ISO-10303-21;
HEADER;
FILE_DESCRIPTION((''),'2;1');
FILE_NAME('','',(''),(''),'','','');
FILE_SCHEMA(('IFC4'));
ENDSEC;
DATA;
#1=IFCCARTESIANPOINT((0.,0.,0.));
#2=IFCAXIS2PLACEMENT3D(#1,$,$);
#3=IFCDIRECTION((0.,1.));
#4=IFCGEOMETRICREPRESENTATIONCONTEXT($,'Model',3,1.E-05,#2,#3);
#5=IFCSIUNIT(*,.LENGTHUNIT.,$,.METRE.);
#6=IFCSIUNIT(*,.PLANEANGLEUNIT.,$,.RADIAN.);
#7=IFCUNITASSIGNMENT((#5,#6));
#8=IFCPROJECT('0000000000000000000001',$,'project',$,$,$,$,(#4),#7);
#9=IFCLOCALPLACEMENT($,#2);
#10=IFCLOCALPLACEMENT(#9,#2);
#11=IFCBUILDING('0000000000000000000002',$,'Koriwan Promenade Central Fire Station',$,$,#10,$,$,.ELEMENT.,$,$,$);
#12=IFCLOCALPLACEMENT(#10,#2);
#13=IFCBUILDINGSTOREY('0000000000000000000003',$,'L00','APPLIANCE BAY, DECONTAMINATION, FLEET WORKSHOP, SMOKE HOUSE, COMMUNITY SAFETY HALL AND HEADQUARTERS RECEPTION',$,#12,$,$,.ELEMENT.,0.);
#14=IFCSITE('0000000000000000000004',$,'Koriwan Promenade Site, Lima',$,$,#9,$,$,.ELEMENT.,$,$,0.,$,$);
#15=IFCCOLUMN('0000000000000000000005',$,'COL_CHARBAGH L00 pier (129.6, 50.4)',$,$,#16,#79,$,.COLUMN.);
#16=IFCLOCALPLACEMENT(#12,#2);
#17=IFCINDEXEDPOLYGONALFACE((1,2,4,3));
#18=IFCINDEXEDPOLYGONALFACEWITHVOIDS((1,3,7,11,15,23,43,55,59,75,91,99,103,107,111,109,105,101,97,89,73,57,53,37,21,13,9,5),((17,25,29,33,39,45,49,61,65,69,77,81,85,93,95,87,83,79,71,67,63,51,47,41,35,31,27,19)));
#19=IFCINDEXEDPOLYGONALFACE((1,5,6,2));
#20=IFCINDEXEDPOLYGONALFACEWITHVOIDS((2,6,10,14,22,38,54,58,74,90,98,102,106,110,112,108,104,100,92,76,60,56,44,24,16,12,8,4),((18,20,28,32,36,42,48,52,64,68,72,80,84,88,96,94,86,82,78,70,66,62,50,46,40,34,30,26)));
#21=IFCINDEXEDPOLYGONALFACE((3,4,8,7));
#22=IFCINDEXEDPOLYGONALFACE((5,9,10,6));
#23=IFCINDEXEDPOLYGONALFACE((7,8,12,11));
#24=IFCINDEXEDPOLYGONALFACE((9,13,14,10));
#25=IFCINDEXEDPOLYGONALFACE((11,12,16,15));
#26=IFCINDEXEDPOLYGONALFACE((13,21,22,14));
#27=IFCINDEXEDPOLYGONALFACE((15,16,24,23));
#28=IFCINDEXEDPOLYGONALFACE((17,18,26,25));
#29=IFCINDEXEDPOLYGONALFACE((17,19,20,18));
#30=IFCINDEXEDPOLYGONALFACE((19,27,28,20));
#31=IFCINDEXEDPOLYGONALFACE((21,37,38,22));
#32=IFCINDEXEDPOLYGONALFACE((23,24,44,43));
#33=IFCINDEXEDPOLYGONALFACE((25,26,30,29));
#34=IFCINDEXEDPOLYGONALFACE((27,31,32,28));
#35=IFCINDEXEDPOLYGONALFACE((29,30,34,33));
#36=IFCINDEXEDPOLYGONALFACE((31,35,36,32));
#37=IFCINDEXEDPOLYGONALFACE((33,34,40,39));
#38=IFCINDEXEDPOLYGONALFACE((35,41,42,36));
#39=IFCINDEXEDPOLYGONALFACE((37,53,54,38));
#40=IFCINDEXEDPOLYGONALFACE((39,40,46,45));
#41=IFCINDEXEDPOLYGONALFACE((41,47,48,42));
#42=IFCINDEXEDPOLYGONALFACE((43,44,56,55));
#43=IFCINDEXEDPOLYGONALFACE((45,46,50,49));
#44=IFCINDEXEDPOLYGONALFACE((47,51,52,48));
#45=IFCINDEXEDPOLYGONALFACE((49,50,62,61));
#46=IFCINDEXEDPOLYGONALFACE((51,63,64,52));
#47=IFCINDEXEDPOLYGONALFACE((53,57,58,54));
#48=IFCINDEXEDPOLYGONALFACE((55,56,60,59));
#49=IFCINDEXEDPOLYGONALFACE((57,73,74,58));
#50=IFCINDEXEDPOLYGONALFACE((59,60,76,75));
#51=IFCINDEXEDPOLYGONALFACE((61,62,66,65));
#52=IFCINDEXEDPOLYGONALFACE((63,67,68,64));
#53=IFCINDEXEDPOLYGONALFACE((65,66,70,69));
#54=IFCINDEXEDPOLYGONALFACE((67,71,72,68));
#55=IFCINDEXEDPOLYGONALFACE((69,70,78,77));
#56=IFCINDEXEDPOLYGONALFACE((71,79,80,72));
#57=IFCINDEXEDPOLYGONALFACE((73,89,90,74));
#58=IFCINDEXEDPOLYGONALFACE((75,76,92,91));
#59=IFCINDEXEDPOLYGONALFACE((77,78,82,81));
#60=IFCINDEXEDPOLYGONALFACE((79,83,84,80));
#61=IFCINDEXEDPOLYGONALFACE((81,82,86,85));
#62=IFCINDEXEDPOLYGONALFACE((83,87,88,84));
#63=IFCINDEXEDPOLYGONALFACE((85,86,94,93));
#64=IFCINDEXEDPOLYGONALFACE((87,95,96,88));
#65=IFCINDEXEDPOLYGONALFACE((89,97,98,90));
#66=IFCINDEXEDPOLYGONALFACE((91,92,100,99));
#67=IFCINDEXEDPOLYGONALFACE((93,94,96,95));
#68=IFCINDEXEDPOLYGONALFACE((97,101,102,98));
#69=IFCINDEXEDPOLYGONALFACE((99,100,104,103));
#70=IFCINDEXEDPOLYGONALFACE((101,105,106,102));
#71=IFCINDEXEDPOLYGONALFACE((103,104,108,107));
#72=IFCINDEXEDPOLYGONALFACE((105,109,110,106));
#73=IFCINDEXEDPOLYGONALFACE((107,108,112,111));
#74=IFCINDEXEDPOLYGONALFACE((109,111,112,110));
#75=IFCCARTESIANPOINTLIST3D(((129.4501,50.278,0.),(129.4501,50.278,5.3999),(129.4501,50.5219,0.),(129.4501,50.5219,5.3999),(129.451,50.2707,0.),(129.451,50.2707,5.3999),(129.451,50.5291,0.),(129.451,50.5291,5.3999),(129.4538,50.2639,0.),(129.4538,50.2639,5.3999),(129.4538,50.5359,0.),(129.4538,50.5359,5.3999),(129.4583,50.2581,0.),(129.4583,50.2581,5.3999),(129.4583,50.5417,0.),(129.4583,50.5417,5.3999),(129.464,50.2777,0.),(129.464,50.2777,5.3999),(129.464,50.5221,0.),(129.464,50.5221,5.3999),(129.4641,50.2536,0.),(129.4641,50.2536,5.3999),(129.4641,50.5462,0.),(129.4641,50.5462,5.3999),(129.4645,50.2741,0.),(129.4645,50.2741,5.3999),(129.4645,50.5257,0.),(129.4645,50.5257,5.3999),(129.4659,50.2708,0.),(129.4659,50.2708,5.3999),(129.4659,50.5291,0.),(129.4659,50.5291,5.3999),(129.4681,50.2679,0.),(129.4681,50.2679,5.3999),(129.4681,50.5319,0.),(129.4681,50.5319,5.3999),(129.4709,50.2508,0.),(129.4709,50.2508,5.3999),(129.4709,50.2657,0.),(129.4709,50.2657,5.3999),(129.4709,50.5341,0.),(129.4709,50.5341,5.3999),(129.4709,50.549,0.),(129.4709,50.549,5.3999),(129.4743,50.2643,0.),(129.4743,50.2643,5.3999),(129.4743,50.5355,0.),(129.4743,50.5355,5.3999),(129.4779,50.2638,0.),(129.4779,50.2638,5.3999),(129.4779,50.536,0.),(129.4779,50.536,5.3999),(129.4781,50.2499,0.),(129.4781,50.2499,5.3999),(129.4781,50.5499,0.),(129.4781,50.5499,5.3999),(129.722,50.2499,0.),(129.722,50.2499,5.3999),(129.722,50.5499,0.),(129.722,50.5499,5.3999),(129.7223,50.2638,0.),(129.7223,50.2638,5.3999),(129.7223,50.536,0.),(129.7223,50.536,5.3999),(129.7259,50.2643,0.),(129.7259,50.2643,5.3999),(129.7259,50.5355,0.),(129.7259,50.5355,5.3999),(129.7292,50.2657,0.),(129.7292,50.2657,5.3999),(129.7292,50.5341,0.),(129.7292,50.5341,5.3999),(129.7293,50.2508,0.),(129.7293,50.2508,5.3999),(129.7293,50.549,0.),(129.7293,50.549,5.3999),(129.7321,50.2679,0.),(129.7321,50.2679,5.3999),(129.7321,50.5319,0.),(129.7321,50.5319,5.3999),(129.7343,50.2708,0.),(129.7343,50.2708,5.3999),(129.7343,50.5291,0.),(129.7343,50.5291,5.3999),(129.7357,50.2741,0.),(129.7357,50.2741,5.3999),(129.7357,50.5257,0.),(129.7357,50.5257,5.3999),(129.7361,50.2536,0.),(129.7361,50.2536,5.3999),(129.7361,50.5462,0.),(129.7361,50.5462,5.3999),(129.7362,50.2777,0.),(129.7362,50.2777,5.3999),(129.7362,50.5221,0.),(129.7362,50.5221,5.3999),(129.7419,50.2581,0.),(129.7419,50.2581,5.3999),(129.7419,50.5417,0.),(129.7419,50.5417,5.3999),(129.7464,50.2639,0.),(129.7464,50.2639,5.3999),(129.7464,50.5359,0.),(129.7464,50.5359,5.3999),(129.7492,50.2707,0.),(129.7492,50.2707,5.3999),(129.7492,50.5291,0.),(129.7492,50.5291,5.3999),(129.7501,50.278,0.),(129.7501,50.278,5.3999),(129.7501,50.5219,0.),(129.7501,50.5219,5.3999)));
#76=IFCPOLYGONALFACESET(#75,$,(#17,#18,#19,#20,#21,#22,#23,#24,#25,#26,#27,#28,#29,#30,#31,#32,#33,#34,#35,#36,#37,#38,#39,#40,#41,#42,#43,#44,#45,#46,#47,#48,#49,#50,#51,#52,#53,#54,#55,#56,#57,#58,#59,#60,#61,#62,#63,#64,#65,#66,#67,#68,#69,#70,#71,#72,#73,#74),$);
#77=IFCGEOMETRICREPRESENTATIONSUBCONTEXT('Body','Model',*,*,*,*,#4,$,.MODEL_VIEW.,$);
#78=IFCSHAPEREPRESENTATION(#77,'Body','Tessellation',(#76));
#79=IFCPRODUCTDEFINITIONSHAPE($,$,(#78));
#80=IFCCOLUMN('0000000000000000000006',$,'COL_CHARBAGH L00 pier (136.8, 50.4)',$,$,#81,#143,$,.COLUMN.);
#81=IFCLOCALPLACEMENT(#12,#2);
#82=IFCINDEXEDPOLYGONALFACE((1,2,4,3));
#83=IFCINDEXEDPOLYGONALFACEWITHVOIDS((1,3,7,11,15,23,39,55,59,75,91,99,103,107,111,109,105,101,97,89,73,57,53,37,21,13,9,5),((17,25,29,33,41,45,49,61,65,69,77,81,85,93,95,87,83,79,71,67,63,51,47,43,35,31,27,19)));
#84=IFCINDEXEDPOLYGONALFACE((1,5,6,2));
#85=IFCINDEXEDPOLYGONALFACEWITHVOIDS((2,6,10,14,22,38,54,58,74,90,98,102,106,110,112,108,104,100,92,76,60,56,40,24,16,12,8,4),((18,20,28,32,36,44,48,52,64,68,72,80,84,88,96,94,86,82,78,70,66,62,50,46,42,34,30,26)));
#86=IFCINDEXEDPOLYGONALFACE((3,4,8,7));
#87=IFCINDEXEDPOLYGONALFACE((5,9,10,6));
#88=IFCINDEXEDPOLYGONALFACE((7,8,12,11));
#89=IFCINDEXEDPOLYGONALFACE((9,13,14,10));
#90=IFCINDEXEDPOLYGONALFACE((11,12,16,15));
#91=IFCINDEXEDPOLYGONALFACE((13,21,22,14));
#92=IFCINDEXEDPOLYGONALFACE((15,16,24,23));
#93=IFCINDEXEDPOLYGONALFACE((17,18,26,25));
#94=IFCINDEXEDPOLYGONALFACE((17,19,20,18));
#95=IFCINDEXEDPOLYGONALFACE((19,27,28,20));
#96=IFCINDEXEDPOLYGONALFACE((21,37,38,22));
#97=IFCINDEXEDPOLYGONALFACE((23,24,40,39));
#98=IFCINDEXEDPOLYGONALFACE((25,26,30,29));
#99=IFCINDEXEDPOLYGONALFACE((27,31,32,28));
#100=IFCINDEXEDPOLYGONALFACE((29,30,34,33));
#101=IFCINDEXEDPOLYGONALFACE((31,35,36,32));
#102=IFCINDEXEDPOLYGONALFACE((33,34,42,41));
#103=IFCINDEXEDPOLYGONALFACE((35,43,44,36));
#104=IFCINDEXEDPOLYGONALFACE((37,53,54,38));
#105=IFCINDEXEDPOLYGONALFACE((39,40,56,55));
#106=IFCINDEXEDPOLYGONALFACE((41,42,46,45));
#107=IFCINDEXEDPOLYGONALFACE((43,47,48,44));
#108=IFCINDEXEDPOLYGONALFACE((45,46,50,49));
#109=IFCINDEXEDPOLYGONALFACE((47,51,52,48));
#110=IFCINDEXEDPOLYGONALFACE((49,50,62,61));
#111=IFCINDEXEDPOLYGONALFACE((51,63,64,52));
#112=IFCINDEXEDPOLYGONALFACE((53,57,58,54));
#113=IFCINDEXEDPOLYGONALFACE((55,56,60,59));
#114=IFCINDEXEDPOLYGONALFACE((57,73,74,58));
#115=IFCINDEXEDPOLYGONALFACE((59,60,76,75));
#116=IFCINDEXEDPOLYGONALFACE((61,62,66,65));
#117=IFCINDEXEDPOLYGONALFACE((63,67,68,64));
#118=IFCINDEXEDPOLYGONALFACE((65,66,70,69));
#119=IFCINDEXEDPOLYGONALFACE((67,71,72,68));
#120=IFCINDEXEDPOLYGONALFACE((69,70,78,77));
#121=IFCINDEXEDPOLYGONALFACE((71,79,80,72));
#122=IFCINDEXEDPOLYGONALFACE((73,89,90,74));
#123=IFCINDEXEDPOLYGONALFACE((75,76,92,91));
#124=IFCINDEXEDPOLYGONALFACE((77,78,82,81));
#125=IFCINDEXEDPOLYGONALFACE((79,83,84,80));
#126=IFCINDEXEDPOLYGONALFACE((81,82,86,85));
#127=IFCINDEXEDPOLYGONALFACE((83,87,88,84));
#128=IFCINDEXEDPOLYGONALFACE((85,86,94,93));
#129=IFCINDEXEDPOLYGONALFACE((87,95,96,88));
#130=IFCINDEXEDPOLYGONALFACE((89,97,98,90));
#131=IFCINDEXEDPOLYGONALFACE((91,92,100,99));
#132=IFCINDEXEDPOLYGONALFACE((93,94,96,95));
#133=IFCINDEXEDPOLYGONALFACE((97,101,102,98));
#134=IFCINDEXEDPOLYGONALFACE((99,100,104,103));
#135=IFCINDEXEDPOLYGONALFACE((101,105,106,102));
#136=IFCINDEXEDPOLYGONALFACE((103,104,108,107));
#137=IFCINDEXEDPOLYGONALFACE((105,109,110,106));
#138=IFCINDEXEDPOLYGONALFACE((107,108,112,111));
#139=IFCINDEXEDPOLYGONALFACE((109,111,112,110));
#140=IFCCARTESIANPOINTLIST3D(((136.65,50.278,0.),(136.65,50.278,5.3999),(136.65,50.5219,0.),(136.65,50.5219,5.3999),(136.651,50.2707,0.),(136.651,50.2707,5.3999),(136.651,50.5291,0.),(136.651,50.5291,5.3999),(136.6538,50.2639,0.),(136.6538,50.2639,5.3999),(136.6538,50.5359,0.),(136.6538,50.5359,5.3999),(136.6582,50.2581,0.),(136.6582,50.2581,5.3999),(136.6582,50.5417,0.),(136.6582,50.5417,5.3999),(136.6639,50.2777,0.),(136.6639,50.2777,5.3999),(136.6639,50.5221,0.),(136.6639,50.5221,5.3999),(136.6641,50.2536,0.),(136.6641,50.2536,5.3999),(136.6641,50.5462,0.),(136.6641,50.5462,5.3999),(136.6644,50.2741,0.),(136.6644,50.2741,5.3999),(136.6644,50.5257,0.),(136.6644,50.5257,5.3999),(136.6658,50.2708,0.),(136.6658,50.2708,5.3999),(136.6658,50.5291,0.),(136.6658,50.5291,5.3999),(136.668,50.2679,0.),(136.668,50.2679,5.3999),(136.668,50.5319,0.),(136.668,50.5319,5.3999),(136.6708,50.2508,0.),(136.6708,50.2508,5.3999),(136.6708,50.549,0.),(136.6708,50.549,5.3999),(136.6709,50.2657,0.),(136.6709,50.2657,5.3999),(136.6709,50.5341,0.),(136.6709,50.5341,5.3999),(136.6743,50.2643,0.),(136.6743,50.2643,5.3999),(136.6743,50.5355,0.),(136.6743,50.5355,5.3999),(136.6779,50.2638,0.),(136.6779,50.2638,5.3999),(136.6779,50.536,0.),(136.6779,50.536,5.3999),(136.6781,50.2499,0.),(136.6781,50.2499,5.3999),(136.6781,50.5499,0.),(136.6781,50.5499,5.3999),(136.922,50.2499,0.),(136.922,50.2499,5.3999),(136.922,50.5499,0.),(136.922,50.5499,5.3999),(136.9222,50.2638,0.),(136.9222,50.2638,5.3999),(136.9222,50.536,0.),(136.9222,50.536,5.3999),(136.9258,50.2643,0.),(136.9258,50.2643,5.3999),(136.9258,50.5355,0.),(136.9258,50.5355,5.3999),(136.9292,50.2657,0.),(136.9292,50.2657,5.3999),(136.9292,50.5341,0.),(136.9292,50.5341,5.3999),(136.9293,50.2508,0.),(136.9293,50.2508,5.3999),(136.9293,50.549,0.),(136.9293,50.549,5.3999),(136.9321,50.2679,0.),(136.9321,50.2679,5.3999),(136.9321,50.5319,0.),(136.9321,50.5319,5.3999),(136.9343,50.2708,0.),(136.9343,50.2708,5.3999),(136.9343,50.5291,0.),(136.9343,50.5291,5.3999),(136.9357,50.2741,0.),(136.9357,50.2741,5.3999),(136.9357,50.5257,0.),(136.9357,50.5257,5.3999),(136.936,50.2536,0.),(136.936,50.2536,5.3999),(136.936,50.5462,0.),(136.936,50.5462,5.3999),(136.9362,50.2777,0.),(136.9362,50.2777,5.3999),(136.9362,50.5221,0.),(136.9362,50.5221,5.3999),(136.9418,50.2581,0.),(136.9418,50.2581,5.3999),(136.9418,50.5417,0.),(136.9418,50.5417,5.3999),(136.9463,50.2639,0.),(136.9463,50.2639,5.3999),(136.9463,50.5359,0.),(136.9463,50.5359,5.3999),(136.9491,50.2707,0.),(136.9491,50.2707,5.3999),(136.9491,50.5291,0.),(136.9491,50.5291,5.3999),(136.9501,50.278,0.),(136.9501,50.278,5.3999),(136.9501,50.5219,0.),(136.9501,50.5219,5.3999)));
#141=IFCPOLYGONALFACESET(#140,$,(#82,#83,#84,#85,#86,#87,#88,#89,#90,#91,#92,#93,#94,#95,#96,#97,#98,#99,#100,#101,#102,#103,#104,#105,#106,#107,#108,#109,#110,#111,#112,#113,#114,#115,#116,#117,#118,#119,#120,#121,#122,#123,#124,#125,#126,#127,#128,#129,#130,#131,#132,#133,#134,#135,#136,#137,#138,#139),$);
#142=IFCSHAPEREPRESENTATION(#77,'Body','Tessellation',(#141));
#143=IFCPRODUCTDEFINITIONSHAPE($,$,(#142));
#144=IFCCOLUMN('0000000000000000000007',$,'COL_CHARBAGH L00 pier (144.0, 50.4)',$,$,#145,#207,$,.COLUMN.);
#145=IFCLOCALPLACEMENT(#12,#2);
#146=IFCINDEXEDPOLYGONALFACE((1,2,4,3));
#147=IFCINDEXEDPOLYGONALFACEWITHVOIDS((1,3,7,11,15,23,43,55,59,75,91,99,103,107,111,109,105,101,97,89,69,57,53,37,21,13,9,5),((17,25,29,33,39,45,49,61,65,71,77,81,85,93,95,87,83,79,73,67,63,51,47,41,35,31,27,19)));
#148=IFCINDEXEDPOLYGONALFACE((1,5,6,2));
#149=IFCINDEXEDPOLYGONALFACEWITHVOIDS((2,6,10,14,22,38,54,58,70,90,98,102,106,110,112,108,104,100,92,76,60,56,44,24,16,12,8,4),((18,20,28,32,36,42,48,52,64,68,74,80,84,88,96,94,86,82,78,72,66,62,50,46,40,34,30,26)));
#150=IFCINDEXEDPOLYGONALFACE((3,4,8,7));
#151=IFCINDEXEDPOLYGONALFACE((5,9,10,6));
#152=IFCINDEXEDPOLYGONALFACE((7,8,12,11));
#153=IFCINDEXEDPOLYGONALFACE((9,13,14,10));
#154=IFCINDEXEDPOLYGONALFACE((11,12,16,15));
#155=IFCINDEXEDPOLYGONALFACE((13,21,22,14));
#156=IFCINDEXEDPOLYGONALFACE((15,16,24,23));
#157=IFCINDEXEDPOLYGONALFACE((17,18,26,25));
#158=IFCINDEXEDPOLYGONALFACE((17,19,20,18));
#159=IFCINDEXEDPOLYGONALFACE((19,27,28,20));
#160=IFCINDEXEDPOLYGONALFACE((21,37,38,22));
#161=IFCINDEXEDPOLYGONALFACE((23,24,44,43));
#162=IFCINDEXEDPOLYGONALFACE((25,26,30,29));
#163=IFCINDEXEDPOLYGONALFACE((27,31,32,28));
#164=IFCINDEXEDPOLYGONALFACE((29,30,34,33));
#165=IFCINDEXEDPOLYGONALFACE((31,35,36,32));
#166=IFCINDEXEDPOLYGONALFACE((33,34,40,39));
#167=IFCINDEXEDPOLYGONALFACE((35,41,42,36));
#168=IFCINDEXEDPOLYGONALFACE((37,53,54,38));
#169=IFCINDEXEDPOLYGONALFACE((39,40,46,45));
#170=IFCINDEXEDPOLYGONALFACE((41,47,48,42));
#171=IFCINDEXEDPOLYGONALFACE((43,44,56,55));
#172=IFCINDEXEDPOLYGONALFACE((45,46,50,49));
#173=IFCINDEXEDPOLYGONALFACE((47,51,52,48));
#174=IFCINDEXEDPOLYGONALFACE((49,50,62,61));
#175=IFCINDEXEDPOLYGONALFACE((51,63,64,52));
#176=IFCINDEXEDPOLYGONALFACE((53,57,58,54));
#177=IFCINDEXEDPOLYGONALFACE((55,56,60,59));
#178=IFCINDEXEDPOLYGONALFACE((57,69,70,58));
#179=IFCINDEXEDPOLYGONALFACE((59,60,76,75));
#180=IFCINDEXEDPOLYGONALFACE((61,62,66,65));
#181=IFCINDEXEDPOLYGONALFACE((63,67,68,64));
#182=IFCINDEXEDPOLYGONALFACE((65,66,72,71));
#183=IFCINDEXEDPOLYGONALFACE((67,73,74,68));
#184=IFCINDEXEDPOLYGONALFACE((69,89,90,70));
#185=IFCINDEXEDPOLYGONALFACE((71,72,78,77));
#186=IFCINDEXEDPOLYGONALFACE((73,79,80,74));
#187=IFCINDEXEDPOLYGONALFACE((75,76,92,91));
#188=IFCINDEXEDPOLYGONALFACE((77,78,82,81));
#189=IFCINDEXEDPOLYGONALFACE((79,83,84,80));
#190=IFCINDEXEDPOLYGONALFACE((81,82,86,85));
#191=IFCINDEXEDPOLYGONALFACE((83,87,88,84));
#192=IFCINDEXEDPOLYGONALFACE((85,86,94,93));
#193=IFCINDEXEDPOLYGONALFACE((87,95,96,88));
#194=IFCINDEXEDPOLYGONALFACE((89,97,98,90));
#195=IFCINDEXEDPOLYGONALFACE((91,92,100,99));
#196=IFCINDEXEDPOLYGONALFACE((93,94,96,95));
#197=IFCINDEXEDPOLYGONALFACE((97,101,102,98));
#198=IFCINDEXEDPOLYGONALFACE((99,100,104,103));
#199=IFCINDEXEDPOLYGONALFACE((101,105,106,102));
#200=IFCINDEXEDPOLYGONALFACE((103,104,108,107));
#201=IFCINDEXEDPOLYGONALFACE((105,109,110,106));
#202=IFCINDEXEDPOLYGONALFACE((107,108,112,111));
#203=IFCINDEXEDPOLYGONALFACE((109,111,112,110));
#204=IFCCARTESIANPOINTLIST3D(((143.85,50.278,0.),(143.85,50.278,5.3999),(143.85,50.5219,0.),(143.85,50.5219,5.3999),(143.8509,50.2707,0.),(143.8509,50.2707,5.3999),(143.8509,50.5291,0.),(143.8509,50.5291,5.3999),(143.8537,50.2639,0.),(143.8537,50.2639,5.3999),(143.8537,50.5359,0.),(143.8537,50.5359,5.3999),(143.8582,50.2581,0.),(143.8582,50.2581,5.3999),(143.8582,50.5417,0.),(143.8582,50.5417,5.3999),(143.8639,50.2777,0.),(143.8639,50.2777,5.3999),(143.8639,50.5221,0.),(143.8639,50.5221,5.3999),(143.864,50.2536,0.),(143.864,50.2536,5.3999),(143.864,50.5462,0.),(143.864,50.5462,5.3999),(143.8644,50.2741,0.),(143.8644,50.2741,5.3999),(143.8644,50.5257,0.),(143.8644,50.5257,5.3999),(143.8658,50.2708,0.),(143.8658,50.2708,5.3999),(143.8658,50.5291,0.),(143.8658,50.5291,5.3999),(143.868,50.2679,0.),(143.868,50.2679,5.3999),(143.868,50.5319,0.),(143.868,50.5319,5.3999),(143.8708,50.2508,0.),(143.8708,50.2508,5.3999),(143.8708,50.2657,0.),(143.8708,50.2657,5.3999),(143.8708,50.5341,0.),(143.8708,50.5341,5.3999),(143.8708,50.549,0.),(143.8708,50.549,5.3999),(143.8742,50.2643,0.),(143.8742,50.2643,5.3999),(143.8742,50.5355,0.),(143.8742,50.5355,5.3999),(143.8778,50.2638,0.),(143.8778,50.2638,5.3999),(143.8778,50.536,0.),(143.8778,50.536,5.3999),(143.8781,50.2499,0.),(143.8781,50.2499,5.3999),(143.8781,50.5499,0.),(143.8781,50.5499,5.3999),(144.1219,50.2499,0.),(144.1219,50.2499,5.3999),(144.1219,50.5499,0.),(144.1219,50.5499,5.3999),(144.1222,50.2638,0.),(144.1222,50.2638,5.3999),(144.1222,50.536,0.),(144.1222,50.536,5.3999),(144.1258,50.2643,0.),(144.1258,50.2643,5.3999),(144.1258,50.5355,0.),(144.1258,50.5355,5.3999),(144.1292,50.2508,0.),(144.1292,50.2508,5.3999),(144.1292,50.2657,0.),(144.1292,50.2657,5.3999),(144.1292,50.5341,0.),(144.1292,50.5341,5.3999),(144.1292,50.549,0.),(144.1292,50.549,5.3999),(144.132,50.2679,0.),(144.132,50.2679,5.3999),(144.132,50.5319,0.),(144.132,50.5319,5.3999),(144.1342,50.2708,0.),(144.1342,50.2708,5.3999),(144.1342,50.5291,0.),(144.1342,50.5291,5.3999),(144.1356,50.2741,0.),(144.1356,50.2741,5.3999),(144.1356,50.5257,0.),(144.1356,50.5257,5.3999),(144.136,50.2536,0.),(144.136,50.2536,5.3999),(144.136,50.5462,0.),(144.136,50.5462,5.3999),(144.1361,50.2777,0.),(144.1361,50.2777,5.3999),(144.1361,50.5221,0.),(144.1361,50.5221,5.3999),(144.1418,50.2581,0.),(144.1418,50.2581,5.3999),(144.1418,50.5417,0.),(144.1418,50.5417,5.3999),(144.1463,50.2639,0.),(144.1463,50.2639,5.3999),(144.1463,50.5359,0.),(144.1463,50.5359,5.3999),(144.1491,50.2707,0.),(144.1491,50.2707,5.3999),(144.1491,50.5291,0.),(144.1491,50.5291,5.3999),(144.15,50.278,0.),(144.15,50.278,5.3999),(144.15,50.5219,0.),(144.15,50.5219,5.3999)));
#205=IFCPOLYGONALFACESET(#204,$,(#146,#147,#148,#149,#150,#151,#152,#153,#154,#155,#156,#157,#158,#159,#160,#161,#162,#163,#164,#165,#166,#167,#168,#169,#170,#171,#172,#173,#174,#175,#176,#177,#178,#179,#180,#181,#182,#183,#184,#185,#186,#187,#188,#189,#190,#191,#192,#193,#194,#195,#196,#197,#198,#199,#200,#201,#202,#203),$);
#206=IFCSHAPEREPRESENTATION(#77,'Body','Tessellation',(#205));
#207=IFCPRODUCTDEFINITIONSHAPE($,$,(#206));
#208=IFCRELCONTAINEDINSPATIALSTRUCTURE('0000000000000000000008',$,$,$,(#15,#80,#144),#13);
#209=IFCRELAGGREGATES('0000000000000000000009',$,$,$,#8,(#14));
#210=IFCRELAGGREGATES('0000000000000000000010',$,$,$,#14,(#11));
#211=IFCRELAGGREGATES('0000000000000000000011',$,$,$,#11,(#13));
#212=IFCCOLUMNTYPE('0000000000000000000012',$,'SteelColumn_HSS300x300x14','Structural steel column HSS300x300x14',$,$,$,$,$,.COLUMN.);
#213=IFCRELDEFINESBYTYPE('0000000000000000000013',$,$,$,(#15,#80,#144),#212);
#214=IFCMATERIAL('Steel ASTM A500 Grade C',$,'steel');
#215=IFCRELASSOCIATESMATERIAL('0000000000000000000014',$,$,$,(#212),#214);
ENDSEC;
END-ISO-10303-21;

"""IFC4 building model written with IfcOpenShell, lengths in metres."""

from ifc_helpers import new_model, si_unit, direction, frame, origin, origin_2d, place, context, subcontext, project, spatial, hollow_rectangle, extrude, material, material_profile, profile_set, type_object, element, save


model = new_model("IFC4")

# Units and contexts
model_context = context("Model", 3, precision=1e-05, world=origin(), true_north=direction((0.0, 1.0)))
body_context = subcontext(model_context, "Body", "Model", "MODEL_VIEW")
ifc_project = project(units=[si_unit("LENGTHUNIT", "METRE"), si_unit("PLANEANGLEUNIT", "RADIAN")], contexts=[model_context])

# Site, building, storey
site_placement = place(None, origin())
site = spatial("IfcSite", under=ifc_project, at=site_placement, Name="Koriwan Promenade Site, Lima", CompositionType="ELEMENT", RefElevation=0.0)
building_placement = place(site_placement, origin())
building = spatial("IfcBuilding", under=site, at=building_placement, Name="Koriwan Promenade Central Fire Station", CompositionType="ELEMENT")
storey_placement = place(building_placement, origin())
storey = spatial("IfcBuildingStorey", under=building, at=storey_placement, Name="L00", Description="APPLIANCE BAY, DECONTAMINATION, FLEET WORKSHOP, SMOKE HOUSE, COMMUNITY SAFETY HALL AND HEADQUARTERS RECEPTION", CompositionType="ELEMENT", Elevation=0.0)

# Columns
ifc_material_1 = material(Name="Steel ASTM A500 Grade C", Category="steel")
ifc_material_profile_1 = material_profile(ifc_material_1, hollow_rectangle(XDim=0.3, YDim=0.3, WallThickness=0.0139, InnerFilletRadius=0.0139, OuterFilletRadius=0.0281, at=origin_2d()), Name="HSS300x300x14")
ifc_profile_set_1 = profile_set([ifc_material_profile_1], Name="Steel ASTM A500 Grade C")
column_type = type_object("IfcColumnType", Name="SteelColumn_HSS300x300x14", Description="Structural steel column HSS300x300x14", PredefinedType="COLUMN", material=ifc_profile_set_1)
for number, where, z_axis, x_axis, name in (
    (1, (129.6001, 50.3999, 0.0), (0.0, 0.0, 1.0), (1.0, 0.0, 0.0), "COL_CHARBAGH L00 pier (129.6, 50.4)"),
    (2, (136.8, 50.3999, 0.0), (0.0, 0.0, 1.0), (1.0, 0.0, 0.0), "COL_CHARBAGH L00 pier (136.8, 50.4)"),
    (3, (144.0, 50.3999, 0.0), (0.0, 0.0, 1.0), (1.0, 0.0, 0.0), "COL_CHARBAGH L00 pier (144.0, 50.4)"),
):
    element("IfcColumn", number, at=place(storey_placement, frame(where, z_axis=z_axis, x_axis=x_axis)), inside=storey, type_object=column_type, Name=name, PredefinedType="COLUMN", context=body_context, shape_type="SweptSolid", body=[
        extrude(hollow_rectangle(XDim=0.3, YDim=0.3, WallThickness=0.0139, InnerFilletRadius=0.0139, OuterFilletRadius=0.0281, at=origin_2d()), origin(), (0.0, 0.0, 1.0), 5.3999),
    ])

save(model, "model.ifc")
